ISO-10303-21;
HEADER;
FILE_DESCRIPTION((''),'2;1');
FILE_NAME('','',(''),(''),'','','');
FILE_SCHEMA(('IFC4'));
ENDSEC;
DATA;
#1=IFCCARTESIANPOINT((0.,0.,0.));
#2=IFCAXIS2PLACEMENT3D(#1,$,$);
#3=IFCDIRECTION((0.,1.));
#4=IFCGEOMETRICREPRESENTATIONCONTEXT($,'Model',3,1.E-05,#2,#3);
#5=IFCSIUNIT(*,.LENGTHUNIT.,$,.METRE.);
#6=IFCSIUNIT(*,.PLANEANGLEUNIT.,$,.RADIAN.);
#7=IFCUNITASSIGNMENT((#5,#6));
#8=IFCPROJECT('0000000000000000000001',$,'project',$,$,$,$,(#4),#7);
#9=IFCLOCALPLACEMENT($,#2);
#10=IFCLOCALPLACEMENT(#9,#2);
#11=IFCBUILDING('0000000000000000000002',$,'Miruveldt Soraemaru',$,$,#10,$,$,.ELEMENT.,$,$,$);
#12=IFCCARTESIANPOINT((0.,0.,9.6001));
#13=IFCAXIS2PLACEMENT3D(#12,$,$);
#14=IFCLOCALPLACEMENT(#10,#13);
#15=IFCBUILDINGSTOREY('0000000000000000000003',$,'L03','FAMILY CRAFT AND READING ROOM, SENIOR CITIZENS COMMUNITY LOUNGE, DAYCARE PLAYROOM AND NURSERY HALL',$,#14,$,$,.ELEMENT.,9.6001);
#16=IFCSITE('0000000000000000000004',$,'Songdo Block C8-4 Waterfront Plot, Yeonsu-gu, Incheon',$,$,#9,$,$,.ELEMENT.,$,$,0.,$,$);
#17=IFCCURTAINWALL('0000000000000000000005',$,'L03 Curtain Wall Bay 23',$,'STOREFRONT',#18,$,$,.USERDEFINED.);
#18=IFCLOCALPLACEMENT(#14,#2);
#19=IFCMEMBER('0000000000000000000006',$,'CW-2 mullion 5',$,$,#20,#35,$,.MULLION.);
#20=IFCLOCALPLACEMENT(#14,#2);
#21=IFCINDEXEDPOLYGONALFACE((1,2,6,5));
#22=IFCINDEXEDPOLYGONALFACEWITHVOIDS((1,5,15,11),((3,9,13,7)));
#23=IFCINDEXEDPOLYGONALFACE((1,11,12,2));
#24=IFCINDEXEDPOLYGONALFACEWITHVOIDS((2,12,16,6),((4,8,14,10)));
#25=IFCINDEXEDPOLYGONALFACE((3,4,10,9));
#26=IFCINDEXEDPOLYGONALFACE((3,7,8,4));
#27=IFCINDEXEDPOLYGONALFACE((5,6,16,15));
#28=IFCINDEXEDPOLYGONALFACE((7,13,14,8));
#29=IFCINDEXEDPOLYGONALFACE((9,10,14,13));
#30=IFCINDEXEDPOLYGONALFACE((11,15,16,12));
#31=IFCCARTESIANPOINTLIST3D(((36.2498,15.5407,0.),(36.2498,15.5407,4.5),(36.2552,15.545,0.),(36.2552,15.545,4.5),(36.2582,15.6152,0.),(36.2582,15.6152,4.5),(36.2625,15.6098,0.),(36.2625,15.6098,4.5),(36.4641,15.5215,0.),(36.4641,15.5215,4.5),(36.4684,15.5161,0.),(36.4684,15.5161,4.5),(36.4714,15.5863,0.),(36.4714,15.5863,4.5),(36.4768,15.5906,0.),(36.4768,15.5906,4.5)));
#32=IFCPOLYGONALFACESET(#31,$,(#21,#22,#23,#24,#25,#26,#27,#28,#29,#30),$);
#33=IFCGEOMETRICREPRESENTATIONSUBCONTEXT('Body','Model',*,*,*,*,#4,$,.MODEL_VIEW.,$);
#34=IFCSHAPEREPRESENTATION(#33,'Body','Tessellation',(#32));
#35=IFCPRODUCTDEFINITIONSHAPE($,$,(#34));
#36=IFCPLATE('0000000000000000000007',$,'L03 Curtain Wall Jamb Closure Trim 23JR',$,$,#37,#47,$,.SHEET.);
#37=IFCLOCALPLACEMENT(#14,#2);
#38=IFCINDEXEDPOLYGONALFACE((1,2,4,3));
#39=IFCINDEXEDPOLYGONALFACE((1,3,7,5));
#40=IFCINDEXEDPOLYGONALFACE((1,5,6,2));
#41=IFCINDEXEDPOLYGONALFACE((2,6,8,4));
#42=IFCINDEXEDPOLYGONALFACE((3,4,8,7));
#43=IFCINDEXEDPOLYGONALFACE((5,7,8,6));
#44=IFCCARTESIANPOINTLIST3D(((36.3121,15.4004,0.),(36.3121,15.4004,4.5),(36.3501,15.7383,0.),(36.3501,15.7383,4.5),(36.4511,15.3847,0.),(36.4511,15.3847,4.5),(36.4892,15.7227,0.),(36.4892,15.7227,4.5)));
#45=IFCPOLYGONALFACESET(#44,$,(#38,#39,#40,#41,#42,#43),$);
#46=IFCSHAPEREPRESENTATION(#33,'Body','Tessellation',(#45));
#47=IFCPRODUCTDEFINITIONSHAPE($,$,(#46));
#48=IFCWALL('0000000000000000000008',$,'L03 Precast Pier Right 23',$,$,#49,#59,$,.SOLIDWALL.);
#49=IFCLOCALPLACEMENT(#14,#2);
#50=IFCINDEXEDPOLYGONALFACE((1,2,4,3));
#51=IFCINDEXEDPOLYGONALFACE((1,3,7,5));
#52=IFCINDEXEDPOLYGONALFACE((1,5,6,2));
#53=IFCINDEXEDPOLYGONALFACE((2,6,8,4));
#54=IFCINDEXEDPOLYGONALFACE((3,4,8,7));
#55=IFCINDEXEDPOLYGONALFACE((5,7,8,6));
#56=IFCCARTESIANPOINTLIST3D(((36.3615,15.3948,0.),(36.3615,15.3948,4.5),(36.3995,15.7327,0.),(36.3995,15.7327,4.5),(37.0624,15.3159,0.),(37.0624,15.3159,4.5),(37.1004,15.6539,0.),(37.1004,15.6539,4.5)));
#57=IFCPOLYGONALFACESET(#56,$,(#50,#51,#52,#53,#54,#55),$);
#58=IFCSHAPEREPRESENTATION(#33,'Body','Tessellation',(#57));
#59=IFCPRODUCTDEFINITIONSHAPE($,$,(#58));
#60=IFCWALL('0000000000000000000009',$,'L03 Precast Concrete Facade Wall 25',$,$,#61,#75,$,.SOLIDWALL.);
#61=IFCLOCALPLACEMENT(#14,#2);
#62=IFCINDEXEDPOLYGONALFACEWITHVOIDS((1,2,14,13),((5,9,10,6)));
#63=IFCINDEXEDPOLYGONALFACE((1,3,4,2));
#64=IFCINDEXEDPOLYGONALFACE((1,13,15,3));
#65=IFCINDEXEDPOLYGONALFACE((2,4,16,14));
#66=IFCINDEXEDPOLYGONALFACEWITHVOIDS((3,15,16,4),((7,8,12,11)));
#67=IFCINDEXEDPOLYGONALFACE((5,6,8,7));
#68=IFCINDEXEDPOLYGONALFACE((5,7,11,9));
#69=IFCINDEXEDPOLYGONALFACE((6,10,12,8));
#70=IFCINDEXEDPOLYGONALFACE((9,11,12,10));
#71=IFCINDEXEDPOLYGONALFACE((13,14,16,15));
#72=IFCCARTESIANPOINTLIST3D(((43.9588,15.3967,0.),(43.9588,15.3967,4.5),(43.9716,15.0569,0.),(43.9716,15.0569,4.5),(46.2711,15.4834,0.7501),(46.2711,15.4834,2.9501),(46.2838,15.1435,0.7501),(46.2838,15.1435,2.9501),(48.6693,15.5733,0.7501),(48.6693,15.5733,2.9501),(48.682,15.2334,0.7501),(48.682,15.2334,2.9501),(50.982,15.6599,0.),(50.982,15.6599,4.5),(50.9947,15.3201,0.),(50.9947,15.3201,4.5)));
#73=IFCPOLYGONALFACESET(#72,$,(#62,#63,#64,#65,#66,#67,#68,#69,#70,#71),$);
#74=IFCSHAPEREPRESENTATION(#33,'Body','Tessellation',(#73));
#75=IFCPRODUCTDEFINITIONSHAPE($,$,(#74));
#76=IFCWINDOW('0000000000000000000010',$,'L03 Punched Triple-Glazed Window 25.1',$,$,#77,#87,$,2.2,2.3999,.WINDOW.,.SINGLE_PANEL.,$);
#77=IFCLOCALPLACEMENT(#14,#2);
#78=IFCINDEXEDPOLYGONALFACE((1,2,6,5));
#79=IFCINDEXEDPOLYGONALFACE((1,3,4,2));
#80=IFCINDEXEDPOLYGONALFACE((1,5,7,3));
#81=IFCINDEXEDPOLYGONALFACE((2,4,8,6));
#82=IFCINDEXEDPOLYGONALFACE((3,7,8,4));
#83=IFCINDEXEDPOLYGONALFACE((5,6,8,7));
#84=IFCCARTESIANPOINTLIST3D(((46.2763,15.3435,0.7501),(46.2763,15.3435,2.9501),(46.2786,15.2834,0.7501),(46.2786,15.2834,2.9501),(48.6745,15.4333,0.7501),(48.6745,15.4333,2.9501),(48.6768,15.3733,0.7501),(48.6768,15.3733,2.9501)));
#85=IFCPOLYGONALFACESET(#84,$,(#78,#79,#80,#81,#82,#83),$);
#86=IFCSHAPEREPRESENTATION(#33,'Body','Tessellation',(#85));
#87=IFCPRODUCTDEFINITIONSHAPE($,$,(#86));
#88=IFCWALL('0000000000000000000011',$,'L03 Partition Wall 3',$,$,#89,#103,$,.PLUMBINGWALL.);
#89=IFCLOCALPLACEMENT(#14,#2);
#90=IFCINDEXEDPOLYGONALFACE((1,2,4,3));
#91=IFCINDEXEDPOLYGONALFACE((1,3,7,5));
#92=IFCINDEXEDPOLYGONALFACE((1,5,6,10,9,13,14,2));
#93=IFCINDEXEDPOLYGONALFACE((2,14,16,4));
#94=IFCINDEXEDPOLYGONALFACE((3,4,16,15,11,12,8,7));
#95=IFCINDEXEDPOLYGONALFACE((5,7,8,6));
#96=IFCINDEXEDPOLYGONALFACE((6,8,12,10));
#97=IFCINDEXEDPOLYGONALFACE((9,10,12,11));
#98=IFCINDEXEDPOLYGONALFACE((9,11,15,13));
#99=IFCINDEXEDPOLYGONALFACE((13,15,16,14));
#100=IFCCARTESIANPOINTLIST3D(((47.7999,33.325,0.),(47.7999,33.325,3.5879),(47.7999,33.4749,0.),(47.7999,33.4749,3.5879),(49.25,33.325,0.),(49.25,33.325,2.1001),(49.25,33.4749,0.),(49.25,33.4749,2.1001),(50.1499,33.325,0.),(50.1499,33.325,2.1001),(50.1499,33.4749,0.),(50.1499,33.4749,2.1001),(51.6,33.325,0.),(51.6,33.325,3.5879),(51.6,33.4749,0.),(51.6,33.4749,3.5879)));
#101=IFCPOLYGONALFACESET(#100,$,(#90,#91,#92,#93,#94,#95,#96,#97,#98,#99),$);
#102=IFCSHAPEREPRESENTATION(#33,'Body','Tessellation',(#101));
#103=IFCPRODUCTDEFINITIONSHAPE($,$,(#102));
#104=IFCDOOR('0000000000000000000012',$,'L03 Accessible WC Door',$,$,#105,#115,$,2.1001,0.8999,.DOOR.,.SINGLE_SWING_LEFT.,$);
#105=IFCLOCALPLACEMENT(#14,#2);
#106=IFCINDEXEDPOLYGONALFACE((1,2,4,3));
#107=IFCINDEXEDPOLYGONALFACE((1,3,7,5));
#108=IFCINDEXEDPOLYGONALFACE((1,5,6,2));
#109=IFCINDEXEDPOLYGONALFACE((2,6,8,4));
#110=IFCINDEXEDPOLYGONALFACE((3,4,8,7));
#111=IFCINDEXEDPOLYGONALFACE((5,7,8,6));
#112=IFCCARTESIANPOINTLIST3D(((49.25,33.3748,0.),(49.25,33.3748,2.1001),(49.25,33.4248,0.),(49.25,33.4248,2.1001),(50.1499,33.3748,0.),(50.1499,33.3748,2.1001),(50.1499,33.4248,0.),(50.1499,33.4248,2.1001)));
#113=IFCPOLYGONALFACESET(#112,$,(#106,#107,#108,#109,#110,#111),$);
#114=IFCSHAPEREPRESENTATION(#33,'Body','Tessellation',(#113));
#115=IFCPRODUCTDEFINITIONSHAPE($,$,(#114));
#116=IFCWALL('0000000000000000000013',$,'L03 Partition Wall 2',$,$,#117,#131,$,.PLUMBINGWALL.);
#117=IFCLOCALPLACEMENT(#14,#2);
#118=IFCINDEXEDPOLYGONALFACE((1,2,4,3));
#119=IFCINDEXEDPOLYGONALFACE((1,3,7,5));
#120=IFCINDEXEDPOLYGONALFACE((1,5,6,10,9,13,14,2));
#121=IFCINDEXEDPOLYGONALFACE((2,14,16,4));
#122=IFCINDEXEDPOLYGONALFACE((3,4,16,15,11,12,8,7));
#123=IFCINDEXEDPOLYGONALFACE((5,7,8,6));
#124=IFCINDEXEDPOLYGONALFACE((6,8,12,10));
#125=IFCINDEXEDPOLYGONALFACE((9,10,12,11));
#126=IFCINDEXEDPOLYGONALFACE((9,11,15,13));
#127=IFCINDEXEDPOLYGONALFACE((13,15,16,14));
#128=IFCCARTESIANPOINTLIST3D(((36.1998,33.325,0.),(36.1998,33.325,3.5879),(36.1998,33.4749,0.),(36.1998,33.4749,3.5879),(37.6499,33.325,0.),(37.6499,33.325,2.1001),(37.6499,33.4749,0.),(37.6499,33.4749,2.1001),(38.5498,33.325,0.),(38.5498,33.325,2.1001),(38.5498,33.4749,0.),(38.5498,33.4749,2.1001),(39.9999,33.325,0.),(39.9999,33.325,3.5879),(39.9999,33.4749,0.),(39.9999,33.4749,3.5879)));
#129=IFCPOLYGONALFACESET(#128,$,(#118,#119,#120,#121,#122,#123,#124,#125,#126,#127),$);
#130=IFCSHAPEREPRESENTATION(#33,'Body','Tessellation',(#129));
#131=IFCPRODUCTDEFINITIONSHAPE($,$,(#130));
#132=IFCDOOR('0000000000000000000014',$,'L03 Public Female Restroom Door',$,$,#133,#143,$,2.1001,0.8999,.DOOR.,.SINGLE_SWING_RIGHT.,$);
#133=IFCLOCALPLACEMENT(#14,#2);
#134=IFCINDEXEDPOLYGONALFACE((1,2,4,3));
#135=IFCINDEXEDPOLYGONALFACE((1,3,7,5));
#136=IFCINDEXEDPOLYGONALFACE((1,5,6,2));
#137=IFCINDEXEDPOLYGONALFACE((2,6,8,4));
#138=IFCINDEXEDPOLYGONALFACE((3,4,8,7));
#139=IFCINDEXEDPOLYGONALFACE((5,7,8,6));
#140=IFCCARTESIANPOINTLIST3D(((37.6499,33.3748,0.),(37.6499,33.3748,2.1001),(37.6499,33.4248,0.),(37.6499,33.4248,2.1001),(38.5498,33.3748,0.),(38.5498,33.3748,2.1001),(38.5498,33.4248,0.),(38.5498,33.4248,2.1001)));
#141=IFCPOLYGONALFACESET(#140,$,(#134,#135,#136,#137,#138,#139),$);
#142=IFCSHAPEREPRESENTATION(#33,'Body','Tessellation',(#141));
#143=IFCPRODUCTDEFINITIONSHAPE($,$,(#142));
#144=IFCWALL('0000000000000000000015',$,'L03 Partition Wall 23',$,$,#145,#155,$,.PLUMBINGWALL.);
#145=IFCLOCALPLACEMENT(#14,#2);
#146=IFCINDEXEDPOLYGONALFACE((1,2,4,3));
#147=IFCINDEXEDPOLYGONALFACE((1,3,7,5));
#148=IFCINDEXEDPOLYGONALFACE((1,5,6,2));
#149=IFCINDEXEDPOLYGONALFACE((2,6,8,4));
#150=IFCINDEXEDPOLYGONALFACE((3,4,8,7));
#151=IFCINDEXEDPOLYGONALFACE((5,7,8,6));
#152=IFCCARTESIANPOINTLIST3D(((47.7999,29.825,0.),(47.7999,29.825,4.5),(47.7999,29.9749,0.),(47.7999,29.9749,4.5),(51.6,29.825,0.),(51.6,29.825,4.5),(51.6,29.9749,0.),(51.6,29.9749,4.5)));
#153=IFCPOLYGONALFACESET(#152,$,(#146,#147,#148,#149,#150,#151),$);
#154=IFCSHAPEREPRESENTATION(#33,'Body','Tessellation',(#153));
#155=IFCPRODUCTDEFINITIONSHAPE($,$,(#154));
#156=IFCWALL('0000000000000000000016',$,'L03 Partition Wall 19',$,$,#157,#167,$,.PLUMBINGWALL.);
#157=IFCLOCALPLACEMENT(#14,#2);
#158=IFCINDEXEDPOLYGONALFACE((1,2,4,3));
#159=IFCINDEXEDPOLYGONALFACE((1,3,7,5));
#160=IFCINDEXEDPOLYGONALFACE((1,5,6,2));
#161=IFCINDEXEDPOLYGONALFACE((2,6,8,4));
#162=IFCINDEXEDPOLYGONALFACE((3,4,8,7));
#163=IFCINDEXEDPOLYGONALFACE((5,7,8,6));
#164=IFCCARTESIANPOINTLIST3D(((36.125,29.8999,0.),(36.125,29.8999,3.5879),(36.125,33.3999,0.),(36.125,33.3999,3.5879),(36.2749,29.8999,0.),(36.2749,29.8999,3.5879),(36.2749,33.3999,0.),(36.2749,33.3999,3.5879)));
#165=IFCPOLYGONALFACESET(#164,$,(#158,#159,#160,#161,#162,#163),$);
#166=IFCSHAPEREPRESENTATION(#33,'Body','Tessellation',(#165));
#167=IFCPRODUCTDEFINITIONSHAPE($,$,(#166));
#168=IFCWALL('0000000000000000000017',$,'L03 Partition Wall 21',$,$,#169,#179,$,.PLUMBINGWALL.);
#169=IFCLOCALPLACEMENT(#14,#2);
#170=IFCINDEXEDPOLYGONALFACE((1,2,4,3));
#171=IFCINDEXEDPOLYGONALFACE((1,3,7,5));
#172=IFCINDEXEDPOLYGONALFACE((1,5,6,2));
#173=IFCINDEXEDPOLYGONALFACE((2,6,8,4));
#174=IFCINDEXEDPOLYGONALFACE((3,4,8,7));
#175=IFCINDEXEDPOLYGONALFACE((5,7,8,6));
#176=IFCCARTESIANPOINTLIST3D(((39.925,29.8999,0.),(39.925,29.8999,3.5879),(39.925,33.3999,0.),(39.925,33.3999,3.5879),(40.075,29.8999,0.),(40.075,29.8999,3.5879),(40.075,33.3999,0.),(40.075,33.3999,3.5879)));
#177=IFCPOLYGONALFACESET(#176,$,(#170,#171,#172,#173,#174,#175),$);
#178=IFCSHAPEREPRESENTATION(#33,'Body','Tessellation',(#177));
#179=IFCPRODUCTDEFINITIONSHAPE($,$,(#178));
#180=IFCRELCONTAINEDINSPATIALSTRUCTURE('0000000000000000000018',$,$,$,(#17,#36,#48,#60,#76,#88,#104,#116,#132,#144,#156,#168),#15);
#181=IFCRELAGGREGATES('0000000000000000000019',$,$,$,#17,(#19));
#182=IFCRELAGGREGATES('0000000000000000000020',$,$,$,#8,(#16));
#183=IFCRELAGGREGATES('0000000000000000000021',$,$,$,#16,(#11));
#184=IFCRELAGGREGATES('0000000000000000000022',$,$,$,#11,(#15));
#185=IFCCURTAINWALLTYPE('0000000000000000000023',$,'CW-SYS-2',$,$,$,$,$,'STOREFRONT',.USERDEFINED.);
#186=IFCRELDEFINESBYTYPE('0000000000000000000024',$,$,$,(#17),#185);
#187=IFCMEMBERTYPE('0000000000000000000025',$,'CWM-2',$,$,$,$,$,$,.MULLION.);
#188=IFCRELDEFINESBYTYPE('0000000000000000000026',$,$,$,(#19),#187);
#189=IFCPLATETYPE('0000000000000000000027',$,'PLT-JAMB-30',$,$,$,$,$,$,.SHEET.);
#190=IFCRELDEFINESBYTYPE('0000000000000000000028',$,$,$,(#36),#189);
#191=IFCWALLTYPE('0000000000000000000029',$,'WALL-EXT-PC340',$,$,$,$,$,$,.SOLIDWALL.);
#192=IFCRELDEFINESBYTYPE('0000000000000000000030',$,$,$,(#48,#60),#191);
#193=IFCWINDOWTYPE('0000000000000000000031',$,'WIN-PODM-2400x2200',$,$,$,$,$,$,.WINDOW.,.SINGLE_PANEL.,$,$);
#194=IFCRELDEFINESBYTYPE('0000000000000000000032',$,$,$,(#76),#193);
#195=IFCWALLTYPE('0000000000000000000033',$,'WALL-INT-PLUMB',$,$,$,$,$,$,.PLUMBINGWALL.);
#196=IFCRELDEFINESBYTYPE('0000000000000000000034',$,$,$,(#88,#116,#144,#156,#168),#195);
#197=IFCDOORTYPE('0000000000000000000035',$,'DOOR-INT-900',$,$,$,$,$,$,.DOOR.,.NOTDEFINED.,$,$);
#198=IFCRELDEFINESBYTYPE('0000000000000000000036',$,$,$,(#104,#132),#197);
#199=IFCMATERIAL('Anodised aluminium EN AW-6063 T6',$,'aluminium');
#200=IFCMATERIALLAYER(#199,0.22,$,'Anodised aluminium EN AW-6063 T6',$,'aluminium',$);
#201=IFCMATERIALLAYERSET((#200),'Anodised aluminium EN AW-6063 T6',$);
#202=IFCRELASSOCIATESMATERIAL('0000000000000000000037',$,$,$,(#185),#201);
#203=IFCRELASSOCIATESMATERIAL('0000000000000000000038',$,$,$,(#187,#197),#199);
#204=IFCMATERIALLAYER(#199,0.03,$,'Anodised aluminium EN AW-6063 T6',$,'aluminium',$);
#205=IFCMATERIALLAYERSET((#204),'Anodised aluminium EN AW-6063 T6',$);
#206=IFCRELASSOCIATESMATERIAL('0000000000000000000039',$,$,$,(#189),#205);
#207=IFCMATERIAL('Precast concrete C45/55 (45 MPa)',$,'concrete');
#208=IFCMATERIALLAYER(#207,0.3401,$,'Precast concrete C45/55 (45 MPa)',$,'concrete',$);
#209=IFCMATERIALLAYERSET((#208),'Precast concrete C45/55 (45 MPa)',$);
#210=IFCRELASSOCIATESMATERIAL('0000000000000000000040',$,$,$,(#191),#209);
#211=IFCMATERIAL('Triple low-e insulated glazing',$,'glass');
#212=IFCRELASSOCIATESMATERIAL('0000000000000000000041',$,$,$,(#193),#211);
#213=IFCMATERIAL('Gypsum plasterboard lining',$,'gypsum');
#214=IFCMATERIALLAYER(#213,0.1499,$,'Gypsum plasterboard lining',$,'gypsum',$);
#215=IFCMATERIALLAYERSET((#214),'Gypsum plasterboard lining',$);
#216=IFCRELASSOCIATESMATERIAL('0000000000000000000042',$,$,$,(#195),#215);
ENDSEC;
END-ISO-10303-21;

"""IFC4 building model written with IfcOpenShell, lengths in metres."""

from ifc_helpers import new_model, si_unit, direction, frame, frame_2d, origin, origin_2d, place, context, subcontext, project, spatial, rectangle, hollow_rectangle, extrude, material, layer, layer_set, material_profile, profile_set, type_object, element, fill, aggregate, save


model = new_model("IFC4")

# Units and contexts
model_context = context("Model", 3, precision=1e-05, world=origin(), true_north=direction((0.0, 1.0)))
body_context = subcontext(model_context, "Body", "Model", "MODEL_VIEW")
ifc_project = project(units=[si_unit("LENGTHUNIT", "METRE"), si_unit("PLANEANGLEUNIT", "RADIAN")], contexts=[model_context])

# Site, building, storey
site_placement = place(None, origin())
site = spatial("IfcSite", under=ifc_project, at=site_placement, Name="Songdo Block C8-4 Waterfront Plot, Yeonsu-gu, Incheon", CompositionType="ELEMENT", RefElevation=0.0)
building_placement = place(site_placement, origin())
building = spatial("IfcBuilding", under=site, at=building_placement, Name="Miruveldt Soraemaru", CompositionType="ELEMENT")
storey_placement = place(building_placement, frame((0.0, 0.0, 9.6001)))
storey = spatial("IfcBuildingStorey", under=building, at=storey_placement, Name="L03", Description="FAMILY CRAFT AND READING ROOM, SENIOR CITIZENS COMMUNITY LOUNGE, DAYCARE PLAYROOM AND NURSERY HALL", CompositionType="ELEMENT", Elevation=9.6001)

# Curtain wall, member
ifc_material_1 = material(Name="Anodised aluminium EN AW-6063 T6", Category="aluminium")
ifc_layer_1 = layer(ifc_material_1, 0.22, Name="Anodised aluminium EN AW-6063 T6", Category="aluminium")
ifc_layer_set_1 = layer_set([ifc_layer_1], Name="Anodised aluminium EN AW-6063 T6")
curtain_wall_type = type_object("IfcCurtainWallType", Name="CW-SYS-2", ElementType="STOREFRONT", PredefinedType="USERDEFINED", material=ifc_layer_set_1)
curtain_wall_placement = place(storey_placement, origin())
curtain_wall = element("IfcCurtainWall", 1, at=curtain_wall_placement, inside=storey, type_object=curtain_wall_type, Name="L03 Curtain Wall Bay 23", ObjectType="STOREFRONT", PredefinedType="USERDEFINED")
ifc_material_profile_1 = material_profile(ifc_material_1, hollow_rectangle(XDim=0.075, YDim=0.22, WallThickness=0.0049, at=origin_2d()), Name="Anodised aluminium EN AW-6063 T6", Category="aluminium")
ifc_profile_set_1 = profile_set([ifc_material_profile_1], Name="Anodised aluminium EN AW-6063 T6")
member_type = type_object("IfcMemberType", Name="CWM-2", PredefinedType="MULLION", material=ifc_profile_set_1)
member_placement = place(storey_placement, frame((36.3633, 15.5657, 0.0), z_axis=(0.0, 0.0, 1.0), x_axis=(0.111778, 0.993733, 0.0)))
member = element("IfcMember", 2, at=member_placement, type_object=member_type, Name="CW-2 mullion 5", PredefinedType="MULLION", context=body_context, shape_type="SweptSolid", body=[
    extrude(hollow_rectangle(XDim=0.075, YDim=0.22, WallThickness=0.0049, at=origin_2d()), origin(), (0.0, 0.0, 1.0), 4.5),
])
aggregate(curtain_wall, [member])

# Plate
ifc_layer_2 = layer(ifc_material_1, 0.03, Name="Anodised aluminium EN AW-6063 T6", Category="aluminium")
ifc_layer_set_2 = layer_set([ifc_layer_2], Name="Anodised aluminium EN AW-6063 T6")
plate_type = type_object("IfcPlateType", Name="PLT-JAMB-30", PredefinedType="SHEET", material=ifc_layer_set_2)
plate_placement = place(storey_placement, frame((36.4006, 15.5615, 0.0), z_axis=(0.0, 0.0, 1.0), x_axis=(0.993733, -0.111781, 0.0)))
element("IfcPlate", 3, at=plate_placement, inside=storey, type_object=plate_type, Name="L03 Curtain Wall Jamb Closure Trim 23JR", PredefinedType="SHEET", context=body_context, shape_type="SweptSolid", body=[
    extrude(rectangle(XDim=0.1399, YDim=0.3401, at=origin_2d()), origin(), (0.0, 0.0, 1.0), 4.5),
])

# Wall
ifc_material_2 = material(Name="Precast concrete C45/55 (45 MPa)", Category="concrete")
ifc_layer_3 = layer(ifc_material_2, 0.3401, Name="Precast concrete C45/55 (45 MPa)", Category="concrete")
ifc_layer_set_3 = layer_set([ifc_layer_3], Name="Precast concrete C45/55 (45 MPa)")
wall_type_1 = type_object("IfcWallType", Name="WALL-EXT-PC340", PredefinedType="SOLIDWALL", material=ifc_layer_set_3)
wall_1_placement = place(storey_placement, frame((36.3806, 15.5637, 0.0), z_axis=(0.0, 0.0, 1.0), x_axis=(0.993731, -0.111799, 0.0)))
element("IfcWall", 4, at=wall_1_placement, inside=storey, type_object=wall_type_1, Name="L03 Precast Pier Right 23", PredefinedType="SOLIDWALL", context=body_context, shape_type="SweptSolid", body=[
    extrude(rectangle(XDim=0.7053, YDim=0.3401, at=frame_2d((0.3525, 0.0))), origin(), (0.0, 0.0, 1.0), 4.5),
])

# Wall, opening, window
wall_2_placement = place(storey_placement, frame((43.9651, 15.2268, 0.0), z_axis=(0.0, 0.0, 1.0), x_axis=(0.999299, 0.037447, 0.0)))
wall_2 = element("IfcWall", 5, at=wall_2_placement, inside=storey, type_object=wall_type_1, Name="L03 Precast Concrete Facade Wall 25", PredefinedType="SOLIDWALL", context=body_context, shape_type="SweptSolid", body=[
    extrude(rectangle(XDim=7.0281, YDim=0.3401, at=frame_2d((3.5142, 0.0))), origin(), (0.0, 0.0, 1.0), 4.5),
])
opening_1_placement = place(wall_2_placement, frame((2.314, 0.0, 0.75)))
opening_1 = element("IfcOpeningElement", 6, at=opening_1_placement, cuts=wall_2, PredefinedType="OPENING", context=body_context, shape_type="SweptSolid", body=[
    extrude(rectangle(XDim=2.3999, YDim=2.2, at=frame_2d((1.2, 1.1001))), frame((0.0, 0.1802, 0.0), z_axis=(0.0, -1.0, 0.0), x_axis=(1.0, 0.0, 0.0)), (0.0, 0.0, 1.0), 0.3601),
])
ifc_material_3 = material(Name="Triple low-e insulated glazing", Category="glass")
window_type = type_object("IfcWindowType", Name="WIN-PODM-2400x2200", PartitioningType="SINGLE_PANEL", PredefinedType="WINDOW", material=ifc_material_3)
window_placement = place(opening_1_placement, origin())
window = element("IfcWindow", 7, at=window_placement, inside=storey, type_object=window_type, Name="L03 Punched Triple-Glazed Window 25.1", OverallHeight=2.2, OverallWidth=2.3999, PartitioningType="SINGLE_PANEL", PredefinedType="WINDOW", context=body_context, shape_type="SweptSolid", body=[
    extrude(rectangle(XDim=2.3999, YDim=2.2, at=frame_2d((1.2, 1.1001))), frame((0.0, 0.03, 0.0), z_axis=(0.0, -1.0, 0.0), x_axis=(1.0, 0.0, 0.0)), (0.0, 0.0, 1.0), 0.0601),
])
fill(opening_1, window)

# Walls, openings, doors
ifc_material_4 = material(Name="Gypsum plasterboard lining", Category="gypsum")
ifc_layer_4 = layer(ifc_material_4, 0.1499, Name="Gypsum plasterboard lining", Category="gypsum")
ifc_layer_set_4 = layer_set([ifc_layer_4], Name="Gypsum plasterboard lining")
wall_type_2 = type_object("IfcWallType", Name="WALL-INT-PLUMB", PredefinedType="PLUMBINGWALL", material=ifc_layer_set_4)
wall_3_placement = place(storey_placement, frame((47.8, 33.3999, 0.0), z_axis=(0.0, 0.0, 1.0), x_axis=(1.0, 0.0, 0.0)))
wall_3 = element("IfcWall", 8, at=wall_3_placement, inside=storey, type_object=wall_type_2, Name="L03 Partition Wall 3", PredefinedType="PLUMBINGWALL", context=body_context, shape_type="SweptSolid", body=[
    extrude(rectangle(XDim=3.8, YDim=0.1499, at=frame_2d((1.8999, 0.0))), origin(), (0.0, 0.0, 1.0), 3.5879),
])
opening_2_placement = place(wall_3_placement, frame((1.45, 0.0, 0.0)))
opening_2 = element("IfcOpeningElement", 9, at=opening_2_placement, cuts=wall_3, PredefinedType="OPENING", context=body_context, shape_type="SweptSolid", body=[
    extrude(rectangle(XDim=0.8999, YDim=2.1001, at=frame_2d((0.45, 1.05))), frame((0.0, 0.085, 0.0), z_axis=(0.0, -1.0, 0.0), x_axis=(1.0, 0.0, 0.0)), (0.0, 0.0, 1.0), 0.1699),
])
door_type_1 = type_object("IfcDoorType", Name="DOOR-INT-900", OperationType="NOTDEFINED", PredefinedType="DOOR", material=ifc_material_1)
door_1_placement = place(opening_2_placement, origin())
door_1 = element("IfcDoor", 10, at=door_1_placement, inside=storey, type_object=door_type_1, Name="L03 Accessible WC Door", OperationType="SINGLE_SWING_LEFT", OverallHeight=2.1001, OverallWidth=0.8999, PredefinedType="DOOR", context=body_context, shape_type="SweptSolid", body=[
    extrude(rectangle(XDim=0.8999, YDim=2.1001, at=frame_2d((0.45, 1.05))), frame((0.0, 0.0249, 0.0), z_axis=(0.0, -1.0, 0.0), x_axis=(1.0, 0.0, 0.0)), (0.0, 0.0, 1.0), 0.05),
])
fill(opening_2, door_1)
wall_4_placement = place(storey_placement, frame((36.2, 33.3999, 0.0), z_axis=(0.0, 0.0, 1.0), x_axis=(1.0, 0.0, 0.0)))
wall_4 = element("IfcWall", 11, at=wall_4_placement, inside=storey, type_object=wall_type_2, Name="L03 Partition Wall 2", PredefinedType="PLUMBINGWALL", context=body_context, shape_type="SweptSolid", body=[
    extrude(rectangle(XDim=3.8, YDim=0.1499, at=frame_2d((1.8999, 0.0))), origin(), (0.0, 0.0, 1.0), 3.5879),
])
opening_3_placement = place(wall_4_placement, frame((1.45, 0.0, 0.0)))
opening_3 = element("IfcOpeningElement", 12, at=opening_3_placement, cuts=wall_4, PredefinedType="OPENING", context=body_context, shape_type="SweptSolid", body=[
    extrude(rectangle(XDim=0.8999, YDim=2.1001, at=frame_2d((0.45, 1.05))), frame((0.0, 0.085, 0.0), z_axis=(0.0, -1.0, 0.0), x_axis=(1.0, 0.0, 0.0)), (0.0, 0.0, 1.0), 0.1699),
])
door_2_placement = place(opening_3_placement, origin())
door_2 = element("IfcDoor", 13, at=door_2_placement, inside=storey, type_object=door_type_1, Name="L03 Public Female Restroom Door", OperationType="SINGLE_SWING_RIGHT", OverallHeight=2.1001, OverallWidth=0.8999, PredefinedType="DOOR", context=body_context, shape_type="SweptSolid", body=[
    extrude(rectangle(XDim=0.8999, YDim=2.1001, at=frame_2d((0.45, 1.05))), frame((0.0, 0.0249, 0.0), z_axis=(0.0, -1.0, 0.0), x_axis=(1.0, 0.0, 0.0)), (0.0, 0.0, 1.0), 0.05),
])
fill(opening_3, door_2)

# Walls
wall_5_placement = place(storey_placement, frame((47.8, 29.8999, 0.0), z_axis=(0.0, 0.0, 1.0), x_axis=(1.0, 0.0, 0.0)))
element("IfcWall", 14, at=wall_5_placement, inside=storey, type_object=wall_type_2, Name="L03 Partition Wall 23", PredefinedType="PLUMBINGWALL", context=body_context, shape_type="SweptSolid", body=[
    extrude(rectangle(XDim=3.8, YDim=0.1499, at=frame_2d((1.8999, 0.0))), origin(), (0.0, 0.0, 1.0), 4.5),
])
for number, where, z_axis, x_axis, name in (
    (15, (36.2, 33.3999, 0.0), (0.0, 0.0, 1.0), (0.0, -1.0, 0.0), "L03 Partition Wall 19"),
    (16, (40.0, 29.8999, 0.0), (0.0, 0.0, 1.0), (0.0, 1.0, 0.0), "L03 Partition Wall 21"),
):
    element("IfcWall", number, at=place(storey_placement, frame(where, z_axis=z_axis, x_axis=x_axis)), inside=storey, type_object=wall_type_2, Name=name, PredefinedType="PLUMBINGWALL", context=body_context, shape_type="SweptSolid", body=[
        extrude(rectangle(XDim=3.5, YDim=0.1499, at=frame_2d((1.75, 0.0))), origin(), (0.0, 0.0, 1.0), 3.5879),
    ])

save(model, "model.ifc")
